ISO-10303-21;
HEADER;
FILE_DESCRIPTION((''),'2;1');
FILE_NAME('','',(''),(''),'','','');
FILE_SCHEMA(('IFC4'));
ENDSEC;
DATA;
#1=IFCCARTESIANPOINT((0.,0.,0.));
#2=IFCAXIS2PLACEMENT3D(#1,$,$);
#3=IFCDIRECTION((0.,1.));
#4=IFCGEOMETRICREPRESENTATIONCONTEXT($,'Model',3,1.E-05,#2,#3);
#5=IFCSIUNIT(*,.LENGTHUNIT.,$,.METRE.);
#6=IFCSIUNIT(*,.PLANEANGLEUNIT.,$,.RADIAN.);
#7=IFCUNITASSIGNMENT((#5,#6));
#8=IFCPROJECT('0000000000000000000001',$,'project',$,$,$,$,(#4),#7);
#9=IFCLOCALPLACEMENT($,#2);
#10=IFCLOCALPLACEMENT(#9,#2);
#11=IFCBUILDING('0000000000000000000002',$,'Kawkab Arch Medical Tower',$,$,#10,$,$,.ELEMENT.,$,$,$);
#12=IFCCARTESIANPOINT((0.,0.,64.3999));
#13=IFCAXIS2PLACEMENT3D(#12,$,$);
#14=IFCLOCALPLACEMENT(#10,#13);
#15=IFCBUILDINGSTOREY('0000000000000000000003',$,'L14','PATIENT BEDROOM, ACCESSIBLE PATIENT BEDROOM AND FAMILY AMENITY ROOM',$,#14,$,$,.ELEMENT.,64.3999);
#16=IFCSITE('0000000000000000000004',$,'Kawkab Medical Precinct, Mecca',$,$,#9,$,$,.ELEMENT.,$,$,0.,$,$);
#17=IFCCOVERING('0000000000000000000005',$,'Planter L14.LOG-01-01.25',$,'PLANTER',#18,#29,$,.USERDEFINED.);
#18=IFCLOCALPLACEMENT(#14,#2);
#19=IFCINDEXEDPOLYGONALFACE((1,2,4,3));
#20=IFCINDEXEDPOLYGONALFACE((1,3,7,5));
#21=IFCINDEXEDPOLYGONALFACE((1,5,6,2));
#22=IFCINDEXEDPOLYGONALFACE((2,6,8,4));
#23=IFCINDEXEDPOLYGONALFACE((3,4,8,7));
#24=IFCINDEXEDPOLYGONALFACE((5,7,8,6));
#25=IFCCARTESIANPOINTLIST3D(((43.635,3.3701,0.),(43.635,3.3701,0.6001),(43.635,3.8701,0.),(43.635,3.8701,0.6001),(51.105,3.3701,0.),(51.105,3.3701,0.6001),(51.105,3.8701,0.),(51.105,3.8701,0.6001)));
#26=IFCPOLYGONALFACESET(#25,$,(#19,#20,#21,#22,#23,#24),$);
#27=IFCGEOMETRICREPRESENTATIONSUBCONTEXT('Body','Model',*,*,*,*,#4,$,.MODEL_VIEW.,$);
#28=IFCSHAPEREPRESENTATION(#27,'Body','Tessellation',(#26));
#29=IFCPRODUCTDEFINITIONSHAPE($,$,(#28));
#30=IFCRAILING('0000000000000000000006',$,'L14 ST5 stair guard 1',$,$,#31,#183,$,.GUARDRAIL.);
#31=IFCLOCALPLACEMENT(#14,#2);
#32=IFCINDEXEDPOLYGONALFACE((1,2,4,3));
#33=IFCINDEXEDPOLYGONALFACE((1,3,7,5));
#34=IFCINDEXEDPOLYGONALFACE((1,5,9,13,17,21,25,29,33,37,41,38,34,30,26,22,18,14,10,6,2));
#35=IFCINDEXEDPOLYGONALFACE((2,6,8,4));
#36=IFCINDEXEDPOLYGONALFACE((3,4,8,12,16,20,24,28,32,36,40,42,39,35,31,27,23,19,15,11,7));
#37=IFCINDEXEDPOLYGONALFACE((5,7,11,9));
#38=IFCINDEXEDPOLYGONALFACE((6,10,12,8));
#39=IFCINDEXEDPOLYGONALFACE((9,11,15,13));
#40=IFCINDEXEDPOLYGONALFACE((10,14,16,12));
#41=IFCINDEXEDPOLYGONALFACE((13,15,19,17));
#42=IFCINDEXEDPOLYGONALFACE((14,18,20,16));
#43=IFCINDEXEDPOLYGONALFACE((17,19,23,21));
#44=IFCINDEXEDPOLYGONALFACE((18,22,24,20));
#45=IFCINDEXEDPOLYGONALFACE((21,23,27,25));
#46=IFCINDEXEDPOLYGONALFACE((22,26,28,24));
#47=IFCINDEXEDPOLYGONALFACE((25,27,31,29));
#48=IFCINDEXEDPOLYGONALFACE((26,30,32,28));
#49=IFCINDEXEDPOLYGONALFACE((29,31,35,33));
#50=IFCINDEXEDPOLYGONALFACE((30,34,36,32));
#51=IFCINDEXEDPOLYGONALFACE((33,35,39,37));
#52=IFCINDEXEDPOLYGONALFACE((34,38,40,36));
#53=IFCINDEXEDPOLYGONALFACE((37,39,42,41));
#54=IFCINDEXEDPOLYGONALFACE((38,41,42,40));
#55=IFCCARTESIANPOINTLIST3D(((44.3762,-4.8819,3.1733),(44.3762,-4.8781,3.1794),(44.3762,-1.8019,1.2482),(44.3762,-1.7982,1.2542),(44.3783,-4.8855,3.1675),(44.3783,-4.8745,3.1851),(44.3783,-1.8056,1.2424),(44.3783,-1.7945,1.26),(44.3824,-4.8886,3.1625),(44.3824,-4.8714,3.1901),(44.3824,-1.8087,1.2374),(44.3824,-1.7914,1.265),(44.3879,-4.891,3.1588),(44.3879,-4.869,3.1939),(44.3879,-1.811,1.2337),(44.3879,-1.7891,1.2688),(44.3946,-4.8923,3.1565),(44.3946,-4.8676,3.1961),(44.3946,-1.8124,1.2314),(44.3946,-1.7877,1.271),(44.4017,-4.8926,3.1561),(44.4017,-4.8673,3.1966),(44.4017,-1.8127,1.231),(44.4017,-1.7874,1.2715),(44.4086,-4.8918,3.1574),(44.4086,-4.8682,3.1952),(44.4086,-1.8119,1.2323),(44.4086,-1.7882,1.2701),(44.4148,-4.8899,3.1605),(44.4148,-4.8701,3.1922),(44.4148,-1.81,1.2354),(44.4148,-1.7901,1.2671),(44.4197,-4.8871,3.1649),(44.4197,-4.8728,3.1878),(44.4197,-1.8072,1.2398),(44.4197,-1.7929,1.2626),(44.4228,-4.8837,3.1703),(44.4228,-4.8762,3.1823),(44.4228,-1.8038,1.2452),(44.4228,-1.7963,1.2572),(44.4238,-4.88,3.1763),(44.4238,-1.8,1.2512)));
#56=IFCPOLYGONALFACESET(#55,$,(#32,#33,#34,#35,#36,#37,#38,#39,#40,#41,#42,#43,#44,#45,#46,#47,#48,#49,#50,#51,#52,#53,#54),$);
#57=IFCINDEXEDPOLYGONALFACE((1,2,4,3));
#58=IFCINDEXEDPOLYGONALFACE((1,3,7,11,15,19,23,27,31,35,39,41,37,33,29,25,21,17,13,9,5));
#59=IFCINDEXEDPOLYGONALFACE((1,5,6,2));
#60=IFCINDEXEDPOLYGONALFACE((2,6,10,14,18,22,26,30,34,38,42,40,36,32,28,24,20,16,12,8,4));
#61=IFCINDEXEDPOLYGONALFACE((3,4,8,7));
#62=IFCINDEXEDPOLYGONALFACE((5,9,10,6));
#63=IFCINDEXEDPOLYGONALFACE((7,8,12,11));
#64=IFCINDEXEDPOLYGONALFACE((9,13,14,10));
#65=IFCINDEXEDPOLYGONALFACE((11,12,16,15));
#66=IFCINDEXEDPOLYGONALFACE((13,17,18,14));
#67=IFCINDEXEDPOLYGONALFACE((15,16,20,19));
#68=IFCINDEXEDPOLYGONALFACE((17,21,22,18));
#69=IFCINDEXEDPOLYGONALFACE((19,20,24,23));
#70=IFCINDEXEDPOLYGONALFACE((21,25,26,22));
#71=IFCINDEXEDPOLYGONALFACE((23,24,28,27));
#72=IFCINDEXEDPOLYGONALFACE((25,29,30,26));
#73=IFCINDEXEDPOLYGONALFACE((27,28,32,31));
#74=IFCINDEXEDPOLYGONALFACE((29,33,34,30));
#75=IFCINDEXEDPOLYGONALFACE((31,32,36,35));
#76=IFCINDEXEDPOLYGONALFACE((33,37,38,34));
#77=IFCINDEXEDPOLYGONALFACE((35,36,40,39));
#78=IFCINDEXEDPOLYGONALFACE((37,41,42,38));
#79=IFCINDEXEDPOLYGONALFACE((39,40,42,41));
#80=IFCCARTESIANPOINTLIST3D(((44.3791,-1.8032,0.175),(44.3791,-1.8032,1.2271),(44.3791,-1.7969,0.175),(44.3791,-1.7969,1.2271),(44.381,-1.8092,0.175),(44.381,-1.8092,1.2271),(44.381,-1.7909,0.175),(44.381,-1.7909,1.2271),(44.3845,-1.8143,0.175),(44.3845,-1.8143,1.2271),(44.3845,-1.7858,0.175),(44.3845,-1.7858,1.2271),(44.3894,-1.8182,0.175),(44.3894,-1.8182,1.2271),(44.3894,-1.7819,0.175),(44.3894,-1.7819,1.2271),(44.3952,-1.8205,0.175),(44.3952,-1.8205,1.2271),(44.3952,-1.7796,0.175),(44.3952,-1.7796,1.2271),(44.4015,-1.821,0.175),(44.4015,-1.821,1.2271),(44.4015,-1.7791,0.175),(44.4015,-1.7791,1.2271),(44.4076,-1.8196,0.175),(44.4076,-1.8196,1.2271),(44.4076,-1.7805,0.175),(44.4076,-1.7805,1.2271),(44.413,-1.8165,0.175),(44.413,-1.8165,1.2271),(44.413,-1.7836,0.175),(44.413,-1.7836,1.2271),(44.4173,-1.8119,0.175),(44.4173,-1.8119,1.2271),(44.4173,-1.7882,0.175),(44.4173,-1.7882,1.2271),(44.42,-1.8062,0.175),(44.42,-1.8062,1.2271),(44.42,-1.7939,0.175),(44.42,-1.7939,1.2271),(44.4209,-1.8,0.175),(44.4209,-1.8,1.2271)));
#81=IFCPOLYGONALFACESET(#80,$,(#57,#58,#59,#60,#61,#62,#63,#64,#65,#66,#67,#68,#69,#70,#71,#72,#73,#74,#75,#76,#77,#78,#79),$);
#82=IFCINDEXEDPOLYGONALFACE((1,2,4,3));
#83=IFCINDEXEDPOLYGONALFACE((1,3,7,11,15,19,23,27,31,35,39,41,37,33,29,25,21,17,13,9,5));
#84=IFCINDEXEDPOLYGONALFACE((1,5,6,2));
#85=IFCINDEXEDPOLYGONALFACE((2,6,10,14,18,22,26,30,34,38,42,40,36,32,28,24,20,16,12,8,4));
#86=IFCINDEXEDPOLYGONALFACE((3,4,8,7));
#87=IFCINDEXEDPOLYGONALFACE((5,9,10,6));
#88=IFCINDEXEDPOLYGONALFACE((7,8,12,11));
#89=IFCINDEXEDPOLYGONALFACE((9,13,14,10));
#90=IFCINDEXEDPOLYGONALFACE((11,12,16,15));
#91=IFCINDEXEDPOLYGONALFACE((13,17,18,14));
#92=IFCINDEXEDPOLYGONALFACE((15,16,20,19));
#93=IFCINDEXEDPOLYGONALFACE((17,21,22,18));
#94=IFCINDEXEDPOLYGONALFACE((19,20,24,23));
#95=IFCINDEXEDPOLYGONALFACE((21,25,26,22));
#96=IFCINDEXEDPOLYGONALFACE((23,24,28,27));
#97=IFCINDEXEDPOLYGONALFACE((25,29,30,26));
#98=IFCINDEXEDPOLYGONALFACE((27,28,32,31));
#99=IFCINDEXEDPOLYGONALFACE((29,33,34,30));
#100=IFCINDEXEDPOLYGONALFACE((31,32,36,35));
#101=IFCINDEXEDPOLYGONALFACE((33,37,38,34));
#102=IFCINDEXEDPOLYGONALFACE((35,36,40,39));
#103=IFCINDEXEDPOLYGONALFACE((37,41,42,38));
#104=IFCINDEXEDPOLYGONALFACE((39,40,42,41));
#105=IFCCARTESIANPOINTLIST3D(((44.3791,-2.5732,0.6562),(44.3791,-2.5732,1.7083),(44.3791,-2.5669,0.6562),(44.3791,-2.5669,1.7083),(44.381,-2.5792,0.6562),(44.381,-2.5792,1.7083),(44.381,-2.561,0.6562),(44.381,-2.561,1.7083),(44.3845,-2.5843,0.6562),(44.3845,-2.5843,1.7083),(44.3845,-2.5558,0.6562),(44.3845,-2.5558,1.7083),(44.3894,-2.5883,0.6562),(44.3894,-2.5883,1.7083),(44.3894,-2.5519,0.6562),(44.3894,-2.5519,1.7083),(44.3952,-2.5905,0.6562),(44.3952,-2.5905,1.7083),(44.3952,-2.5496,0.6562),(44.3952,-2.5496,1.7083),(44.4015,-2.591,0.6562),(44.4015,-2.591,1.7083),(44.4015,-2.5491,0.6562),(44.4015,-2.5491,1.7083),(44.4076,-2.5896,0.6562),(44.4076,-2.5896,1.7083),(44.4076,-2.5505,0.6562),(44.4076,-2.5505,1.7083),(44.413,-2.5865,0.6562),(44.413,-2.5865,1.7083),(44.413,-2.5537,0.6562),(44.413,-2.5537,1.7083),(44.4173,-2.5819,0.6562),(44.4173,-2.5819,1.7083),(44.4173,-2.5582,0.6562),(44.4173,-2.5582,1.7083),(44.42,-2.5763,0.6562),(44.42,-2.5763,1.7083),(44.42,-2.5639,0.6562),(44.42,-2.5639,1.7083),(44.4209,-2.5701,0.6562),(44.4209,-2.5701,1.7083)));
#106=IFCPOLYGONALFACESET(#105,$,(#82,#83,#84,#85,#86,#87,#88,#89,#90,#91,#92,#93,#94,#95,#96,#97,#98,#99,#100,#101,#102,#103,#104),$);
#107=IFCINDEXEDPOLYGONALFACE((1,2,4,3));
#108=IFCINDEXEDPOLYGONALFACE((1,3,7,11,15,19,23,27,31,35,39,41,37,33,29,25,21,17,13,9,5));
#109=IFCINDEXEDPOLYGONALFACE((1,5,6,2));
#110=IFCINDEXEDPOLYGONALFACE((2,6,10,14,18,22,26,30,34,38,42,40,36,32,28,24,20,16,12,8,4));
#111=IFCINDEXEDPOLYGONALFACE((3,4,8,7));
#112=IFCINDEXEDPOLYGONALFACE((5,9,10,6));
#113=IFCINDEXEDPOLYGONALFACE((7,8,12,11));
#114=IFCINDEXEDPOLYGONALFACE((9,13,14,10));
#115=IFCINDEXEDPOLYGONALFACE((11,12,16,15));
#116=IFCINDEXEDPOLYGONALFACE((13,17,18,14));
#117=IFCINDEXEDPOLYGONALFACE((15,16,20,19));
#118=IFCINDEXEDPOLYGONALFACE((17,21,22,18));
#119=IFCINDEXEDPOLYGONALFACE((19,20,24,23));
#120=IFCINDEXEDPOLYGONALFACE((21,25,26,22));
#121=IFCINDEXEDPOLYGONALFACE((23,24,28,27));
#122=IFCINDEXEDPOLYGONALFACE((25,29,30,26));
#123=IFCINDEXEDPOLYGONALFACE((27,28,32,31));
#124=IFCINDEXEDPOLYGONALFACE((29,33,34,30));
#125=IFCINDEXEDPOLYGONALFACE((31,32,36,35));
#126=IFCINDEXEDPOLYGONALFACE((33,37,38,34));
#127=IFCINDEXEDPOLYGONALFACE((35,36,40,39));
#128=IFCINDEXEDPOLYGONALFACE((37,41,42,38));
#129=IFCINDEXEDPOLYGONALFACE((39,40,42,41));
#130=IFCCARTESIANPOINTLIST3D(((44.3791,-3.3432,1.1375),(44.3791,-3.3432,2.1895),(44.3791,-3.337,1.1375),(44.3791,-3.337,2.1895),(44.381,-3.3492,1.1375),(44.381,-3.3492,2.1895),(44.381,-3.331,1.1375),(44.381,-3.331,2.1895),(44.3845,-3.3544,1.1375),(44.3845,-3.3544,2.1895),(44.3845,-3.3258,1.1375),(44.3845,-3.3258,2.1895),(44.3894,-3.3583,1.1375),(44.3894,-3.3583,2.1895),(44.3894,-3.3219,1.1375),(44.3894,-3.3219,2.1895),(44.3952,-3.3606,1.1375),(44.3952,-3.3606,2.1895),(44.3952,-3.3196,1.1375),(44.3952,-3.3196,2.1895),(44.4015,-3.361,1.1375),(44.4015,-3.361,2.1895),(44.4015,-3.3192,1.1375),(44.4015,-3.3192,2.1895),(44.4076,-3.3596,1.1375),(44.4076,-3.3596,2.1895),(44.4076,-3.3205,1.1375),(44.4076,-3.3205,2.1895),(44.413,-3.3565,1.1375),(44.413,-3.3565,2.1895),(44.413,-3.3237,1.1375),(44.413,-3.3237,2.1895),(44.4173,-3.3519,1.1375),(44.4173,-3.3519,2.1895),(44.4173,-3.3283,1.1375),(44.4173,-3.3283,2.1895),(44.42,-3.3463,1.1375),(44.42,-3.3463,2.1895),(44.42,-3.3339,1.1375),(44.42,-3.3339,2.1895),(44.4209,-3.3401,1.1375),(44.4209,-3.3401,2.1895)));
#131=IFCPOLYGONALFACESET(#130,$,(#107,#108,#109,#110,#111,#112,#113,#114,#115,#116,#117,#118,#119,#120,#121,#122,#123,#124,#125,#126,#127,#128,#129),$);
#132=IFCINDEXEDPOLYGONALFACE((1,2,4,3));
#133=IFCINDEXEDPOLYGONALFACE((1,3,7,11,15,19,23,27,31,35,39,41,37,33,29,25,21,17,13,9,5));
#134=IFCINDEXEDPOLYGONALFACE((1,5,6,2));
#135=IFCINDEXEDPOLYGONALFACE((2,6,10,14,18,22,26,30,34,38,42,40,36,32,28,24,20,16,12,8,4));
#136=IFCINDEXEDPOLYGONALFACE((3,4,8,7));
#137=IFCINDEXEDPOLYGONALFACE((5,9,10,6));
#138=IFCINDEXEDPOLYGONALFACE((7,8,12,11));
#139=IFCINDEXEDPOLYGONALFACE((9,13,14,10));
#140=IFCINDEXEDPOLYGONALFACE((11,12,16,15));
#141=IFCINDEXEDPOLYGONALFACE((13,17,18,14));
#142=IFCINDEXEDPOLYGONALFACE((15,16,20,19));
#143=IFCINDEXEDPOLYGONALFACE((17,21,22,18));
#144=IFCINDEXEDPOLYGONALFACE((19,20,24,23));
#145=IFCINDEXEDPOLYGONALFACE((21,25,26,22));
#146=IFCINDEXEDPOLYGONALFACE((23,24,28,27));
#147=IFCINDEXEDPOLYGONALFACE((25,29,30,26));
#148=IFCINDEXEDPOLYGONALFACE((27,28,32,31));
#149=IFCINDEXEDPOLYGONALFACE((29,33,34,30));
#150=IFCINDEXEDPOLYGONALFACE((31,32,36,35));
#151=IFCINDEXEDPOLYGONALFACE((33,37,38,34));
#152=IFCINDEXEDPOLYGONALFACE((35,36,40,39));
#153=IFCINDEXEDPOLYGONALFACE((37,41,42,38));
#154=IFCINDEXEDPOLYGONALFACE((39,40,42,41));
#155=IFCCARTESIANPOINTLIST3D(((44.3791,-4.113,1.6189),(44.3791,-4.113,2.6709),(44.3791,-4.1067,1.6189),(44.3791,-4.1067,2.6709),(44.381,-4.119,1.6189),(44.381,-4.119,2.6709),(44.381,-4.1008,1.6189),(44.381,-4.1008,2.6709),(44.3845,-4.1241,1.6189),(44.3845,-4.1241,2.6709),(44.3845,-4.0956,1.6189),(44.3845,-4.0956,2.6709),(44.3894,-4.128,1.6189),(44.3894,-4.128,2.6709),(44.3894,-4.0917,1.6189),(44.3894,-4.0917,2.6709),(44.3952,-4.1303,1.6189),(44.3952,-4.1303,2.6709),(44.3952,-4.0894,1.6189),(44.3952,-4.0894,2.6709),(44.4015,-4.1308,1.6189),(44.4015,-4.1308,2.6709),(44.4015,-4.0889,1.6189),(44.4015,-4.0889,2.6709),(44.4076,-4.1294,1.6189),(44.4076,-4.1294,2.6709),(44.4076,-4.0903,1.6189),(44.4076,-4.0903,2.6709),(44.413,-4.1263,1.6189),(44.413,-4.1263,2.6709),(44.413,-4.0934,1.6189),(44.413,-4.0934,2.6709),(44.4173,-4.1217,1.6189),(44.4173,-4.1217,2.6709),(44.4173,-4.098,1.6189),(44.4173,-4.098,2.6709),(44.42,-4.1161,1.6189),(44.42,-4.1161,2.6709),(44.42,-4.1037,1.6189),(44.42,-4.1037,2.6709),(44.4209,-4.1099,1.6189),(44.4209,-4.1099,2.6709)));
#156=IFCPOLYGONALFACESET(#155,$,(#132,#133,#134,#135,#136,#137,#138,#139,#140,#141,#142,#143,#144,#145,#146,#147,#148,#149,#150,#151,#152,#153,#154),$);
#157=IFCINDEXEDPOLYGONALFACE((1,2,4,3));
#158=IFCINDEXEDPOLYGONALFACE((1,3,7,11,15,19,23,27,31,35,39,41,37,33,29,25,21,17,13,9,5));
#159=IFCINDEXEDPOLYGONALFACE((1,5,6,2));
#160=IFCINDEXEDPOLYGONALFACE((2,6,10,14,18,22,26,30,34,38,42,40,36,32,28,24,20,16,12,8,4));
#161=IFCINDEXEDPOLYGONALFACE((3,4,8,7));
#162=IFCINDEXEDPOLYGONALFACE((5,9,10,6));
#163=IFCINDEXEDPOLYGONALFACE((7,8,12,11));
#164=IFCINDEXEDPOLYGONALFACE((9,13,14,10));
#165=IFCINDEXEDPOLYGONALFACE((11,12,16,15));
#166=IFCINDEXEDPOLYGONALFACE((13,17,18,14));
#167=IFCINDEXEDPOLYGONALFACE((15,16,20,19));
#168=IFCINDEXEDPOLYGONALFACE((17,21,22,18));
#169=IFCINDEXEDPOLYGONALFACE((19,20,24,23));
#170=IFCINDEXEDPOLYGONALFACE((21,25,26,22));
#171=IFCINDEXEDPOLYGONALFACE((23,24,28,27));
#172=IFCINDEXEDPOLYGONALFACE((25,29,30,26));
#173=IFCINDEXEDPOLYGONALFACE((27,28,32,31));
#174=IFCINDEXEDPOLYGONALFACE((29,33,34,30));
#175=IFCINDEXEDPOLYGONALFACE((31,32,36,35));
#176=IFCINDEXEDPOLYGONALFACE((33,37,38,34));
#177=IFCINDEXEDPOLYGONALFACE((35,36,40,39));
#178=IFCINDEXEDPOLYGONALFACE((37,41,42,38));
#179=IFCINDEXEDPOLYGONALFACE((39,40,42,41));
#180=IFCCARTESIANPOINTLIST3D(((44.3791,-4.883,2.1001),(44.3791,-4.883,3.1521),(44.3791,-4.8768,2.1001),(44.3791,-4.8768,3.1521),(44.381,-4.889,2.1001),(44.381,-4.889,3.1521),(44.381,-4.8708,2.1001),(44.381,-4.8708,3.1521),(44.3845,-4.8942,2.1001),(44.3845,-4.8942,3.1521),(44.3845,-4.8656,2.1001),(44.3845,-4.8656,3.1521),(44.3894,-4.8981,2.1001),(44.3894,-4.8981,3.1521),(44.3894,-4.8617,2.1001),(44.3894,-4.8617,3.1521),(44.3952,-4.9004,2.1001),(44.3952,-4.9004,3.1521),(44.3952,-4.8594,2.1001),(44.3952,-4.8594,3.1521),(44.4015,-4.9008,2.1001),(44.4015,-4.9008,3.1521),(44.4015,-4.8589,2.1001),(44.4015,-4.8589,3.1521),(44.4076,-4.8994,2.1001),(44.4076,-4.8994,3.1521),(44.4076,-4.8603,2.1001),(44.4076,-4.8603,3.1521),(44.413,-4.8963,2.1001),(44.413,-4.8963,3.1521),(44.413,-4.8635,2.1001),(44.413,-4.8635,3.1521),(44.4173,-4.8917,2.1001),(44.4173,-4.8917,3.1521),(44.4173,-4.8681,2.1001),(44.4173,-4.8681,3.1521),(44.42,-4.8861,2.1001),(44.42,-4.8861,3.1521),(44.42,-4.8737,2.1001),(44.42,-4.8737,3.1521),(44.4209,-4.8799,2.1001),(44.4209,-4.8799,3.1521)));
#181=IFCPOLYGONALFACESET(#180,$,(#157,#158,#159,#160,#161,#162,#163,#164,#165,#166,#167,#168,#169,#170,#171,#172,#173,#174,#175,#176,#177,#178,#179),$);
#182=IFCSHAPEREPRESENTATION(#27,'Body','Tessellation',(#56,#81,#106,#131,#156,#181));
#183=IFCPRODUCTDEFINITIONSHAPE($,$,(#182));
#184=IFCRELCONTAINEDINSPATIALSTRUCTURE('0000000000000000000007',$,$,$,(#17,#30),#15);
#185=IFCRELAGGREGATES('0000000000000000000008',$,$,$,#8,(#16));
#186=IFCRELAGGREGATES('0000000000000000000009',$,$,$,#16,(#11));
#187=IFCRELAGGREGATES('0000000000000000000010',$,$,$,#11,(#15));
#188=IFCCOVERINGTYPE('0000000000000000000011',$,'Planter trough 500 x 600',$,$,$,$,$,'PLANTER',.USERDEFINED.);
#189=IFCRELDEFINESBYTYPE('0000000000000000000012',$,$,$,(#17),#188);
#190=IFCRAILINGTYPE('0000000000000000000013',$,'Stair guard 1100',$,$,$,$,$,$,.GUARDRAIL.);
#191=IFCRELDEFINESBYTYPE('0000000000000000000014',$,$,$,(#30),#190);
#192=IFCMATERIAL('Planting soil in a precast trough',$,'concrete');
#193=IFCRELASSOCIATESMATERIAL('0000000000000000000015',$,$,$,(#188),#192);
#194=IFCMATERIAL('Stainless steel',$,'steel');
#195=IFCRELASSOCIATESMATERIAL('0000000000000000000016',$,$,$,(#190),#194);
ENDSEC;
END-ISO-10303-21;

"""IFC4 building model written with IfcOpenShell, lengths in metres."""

from ifc_helpers import new_model, si_unit, direction, frame, origin, origin_2d, place, context, subcontext, project, spatial, rectangle, circle, extrude, material, material_profile, profile_set, type_object, element, save


model = new_model("IFC4")

# Units and contexts
model_context = context("Model", 3, precision=1e-05, world=origin(), true_north=direction((0.0, 1.0)))
body_context = subcontext(model_context, "Body", "Model", "MODEL_VIEW")
ifc_project = project(units=[si_unit("LENGTHUNIT", "METRE"), si_unit("PLANEANGLEUNIT", "RADIAN")], contexts=[model_context])

# Site, building, storey
site_placement = place(None, origin())
site = spatial("IfcSite", under=ifc_project, at=site_placement, Name="Kawkab Medical Precinct, Mecca", CompositionType="ELEMENT", RefElevation=0.0)
building_placement = place(site_placement, origin())
building = spatial("IfcBuilding", under=site, at=building_placement, Name="Kawkab Arch Medical Tower", CompositionType="ELEMENT")
storey_placement = place(building_placement, frame((0.0, 0.0, 64.3999)))
storey = spatial("IfcBuildingStorey", under=building, at=storey_placement, Name="L14", Description="PATIENT BEDROOM, ACCESSIBLE PATIENT BEDROOM AND FAMILY AMENITY ROOM", CompositionType="ELEMENT", Elevation=64.3999)

# Covering
ifc_material_1 = material(Name="Planting soil in a precast trough", Category="concrete")
ifc_material_profile_1 = material_profile(ifc_material_1, rectangle(XDim=0.5, YDim=0.6001, at=origin_2d()), Name="Trough 500x600")
ifc_profile_set_1 = profile_set([ifc_material_profile_1], Name="Planting soil in a precast trough")
covering_type_1 = type_object("IfcCoveringType", Name="Planter trough 500 x 600", ElementType="PLANTER", PredefinedType="USERDEFINED", material=ifc_profile_set_1)
covering_1_placement = place(storey_placement, frame((43.635, 3.6201, 0.3), z_axis=(1.0, 0.0, 0.0), x_axis=(0.0, 1.0, 0.0)))
element("IfcCovering", 1, at=covering_1_placement, inside=storey, type_object=covering_type_1, Name="Planter L14.LOG-01-01.25", ObjectType="PLANTER", PredefinedType="USERDEFINED", context=body_context, shape_type="SweptSolid", body=[
    extrude(rectangle(XDim=0.5, YDim=0.6001, at=origin_2d()), origin(), (0.0, 0.0, 1.0), 7.47),
])

# Railing
ifc_material_2 = material(Name="Stainless steel", Category="steel")
railing_type_1 = type_object("IfcRailingType", Name="Stair guard 1100", PredefinedType="GUARDRAIL", material=ifc_material_2)
railing_1_placement = place(storey_placement, frame((44.3999, -1.8, 0.175)))
element("IfcRailing", 2, at=railing_1_placement, inside=storey, type_object=railing_type_1, Name="L14 ST5 stair guard 1", PredefinedType="GUARDRAIL", context=body_context, shape_type="SweptSolid", body=[
    extrude(circle(Radius=0.0239, at=origin_2d()), frame((0.0, 0.0, 1.0762), z_axis=(0.0, -0.847979, 0.530029), x_axis=(1.0, 0.0, 0.0)), (0.0, 0.0, 1.0), 3.6321),
    extrude(circle(Radius=0.021, at=origin_2d()), origin(), (0.0, 0.0, 1.0), 1.052),
    extrude(circle(Radius=0.021, at=origin_2d()), frame((0.0, -0.77, 0.4812)), (0.0, 0.0, 1.0), 1.052),
    extrude(circle(Radius=0.021, at=origin_2d()), frame((0.0, -1.54, 0.9624)), (0.0, 0.0, 1.0), 1.052),
    extrude(circle(Radius=0.021, at=origin_2d()), frame((0.0, -2.3098, 1.4438)), (0.0, 0.0, 1.0), 1.052),
    extrude(circle(Radius=0.021, at=origin_2d()), frame((0.0, -3.0798, 1.925)), (0.0, 0.0, 1.0), 1.052),
])

save(model, "model.ifc")
